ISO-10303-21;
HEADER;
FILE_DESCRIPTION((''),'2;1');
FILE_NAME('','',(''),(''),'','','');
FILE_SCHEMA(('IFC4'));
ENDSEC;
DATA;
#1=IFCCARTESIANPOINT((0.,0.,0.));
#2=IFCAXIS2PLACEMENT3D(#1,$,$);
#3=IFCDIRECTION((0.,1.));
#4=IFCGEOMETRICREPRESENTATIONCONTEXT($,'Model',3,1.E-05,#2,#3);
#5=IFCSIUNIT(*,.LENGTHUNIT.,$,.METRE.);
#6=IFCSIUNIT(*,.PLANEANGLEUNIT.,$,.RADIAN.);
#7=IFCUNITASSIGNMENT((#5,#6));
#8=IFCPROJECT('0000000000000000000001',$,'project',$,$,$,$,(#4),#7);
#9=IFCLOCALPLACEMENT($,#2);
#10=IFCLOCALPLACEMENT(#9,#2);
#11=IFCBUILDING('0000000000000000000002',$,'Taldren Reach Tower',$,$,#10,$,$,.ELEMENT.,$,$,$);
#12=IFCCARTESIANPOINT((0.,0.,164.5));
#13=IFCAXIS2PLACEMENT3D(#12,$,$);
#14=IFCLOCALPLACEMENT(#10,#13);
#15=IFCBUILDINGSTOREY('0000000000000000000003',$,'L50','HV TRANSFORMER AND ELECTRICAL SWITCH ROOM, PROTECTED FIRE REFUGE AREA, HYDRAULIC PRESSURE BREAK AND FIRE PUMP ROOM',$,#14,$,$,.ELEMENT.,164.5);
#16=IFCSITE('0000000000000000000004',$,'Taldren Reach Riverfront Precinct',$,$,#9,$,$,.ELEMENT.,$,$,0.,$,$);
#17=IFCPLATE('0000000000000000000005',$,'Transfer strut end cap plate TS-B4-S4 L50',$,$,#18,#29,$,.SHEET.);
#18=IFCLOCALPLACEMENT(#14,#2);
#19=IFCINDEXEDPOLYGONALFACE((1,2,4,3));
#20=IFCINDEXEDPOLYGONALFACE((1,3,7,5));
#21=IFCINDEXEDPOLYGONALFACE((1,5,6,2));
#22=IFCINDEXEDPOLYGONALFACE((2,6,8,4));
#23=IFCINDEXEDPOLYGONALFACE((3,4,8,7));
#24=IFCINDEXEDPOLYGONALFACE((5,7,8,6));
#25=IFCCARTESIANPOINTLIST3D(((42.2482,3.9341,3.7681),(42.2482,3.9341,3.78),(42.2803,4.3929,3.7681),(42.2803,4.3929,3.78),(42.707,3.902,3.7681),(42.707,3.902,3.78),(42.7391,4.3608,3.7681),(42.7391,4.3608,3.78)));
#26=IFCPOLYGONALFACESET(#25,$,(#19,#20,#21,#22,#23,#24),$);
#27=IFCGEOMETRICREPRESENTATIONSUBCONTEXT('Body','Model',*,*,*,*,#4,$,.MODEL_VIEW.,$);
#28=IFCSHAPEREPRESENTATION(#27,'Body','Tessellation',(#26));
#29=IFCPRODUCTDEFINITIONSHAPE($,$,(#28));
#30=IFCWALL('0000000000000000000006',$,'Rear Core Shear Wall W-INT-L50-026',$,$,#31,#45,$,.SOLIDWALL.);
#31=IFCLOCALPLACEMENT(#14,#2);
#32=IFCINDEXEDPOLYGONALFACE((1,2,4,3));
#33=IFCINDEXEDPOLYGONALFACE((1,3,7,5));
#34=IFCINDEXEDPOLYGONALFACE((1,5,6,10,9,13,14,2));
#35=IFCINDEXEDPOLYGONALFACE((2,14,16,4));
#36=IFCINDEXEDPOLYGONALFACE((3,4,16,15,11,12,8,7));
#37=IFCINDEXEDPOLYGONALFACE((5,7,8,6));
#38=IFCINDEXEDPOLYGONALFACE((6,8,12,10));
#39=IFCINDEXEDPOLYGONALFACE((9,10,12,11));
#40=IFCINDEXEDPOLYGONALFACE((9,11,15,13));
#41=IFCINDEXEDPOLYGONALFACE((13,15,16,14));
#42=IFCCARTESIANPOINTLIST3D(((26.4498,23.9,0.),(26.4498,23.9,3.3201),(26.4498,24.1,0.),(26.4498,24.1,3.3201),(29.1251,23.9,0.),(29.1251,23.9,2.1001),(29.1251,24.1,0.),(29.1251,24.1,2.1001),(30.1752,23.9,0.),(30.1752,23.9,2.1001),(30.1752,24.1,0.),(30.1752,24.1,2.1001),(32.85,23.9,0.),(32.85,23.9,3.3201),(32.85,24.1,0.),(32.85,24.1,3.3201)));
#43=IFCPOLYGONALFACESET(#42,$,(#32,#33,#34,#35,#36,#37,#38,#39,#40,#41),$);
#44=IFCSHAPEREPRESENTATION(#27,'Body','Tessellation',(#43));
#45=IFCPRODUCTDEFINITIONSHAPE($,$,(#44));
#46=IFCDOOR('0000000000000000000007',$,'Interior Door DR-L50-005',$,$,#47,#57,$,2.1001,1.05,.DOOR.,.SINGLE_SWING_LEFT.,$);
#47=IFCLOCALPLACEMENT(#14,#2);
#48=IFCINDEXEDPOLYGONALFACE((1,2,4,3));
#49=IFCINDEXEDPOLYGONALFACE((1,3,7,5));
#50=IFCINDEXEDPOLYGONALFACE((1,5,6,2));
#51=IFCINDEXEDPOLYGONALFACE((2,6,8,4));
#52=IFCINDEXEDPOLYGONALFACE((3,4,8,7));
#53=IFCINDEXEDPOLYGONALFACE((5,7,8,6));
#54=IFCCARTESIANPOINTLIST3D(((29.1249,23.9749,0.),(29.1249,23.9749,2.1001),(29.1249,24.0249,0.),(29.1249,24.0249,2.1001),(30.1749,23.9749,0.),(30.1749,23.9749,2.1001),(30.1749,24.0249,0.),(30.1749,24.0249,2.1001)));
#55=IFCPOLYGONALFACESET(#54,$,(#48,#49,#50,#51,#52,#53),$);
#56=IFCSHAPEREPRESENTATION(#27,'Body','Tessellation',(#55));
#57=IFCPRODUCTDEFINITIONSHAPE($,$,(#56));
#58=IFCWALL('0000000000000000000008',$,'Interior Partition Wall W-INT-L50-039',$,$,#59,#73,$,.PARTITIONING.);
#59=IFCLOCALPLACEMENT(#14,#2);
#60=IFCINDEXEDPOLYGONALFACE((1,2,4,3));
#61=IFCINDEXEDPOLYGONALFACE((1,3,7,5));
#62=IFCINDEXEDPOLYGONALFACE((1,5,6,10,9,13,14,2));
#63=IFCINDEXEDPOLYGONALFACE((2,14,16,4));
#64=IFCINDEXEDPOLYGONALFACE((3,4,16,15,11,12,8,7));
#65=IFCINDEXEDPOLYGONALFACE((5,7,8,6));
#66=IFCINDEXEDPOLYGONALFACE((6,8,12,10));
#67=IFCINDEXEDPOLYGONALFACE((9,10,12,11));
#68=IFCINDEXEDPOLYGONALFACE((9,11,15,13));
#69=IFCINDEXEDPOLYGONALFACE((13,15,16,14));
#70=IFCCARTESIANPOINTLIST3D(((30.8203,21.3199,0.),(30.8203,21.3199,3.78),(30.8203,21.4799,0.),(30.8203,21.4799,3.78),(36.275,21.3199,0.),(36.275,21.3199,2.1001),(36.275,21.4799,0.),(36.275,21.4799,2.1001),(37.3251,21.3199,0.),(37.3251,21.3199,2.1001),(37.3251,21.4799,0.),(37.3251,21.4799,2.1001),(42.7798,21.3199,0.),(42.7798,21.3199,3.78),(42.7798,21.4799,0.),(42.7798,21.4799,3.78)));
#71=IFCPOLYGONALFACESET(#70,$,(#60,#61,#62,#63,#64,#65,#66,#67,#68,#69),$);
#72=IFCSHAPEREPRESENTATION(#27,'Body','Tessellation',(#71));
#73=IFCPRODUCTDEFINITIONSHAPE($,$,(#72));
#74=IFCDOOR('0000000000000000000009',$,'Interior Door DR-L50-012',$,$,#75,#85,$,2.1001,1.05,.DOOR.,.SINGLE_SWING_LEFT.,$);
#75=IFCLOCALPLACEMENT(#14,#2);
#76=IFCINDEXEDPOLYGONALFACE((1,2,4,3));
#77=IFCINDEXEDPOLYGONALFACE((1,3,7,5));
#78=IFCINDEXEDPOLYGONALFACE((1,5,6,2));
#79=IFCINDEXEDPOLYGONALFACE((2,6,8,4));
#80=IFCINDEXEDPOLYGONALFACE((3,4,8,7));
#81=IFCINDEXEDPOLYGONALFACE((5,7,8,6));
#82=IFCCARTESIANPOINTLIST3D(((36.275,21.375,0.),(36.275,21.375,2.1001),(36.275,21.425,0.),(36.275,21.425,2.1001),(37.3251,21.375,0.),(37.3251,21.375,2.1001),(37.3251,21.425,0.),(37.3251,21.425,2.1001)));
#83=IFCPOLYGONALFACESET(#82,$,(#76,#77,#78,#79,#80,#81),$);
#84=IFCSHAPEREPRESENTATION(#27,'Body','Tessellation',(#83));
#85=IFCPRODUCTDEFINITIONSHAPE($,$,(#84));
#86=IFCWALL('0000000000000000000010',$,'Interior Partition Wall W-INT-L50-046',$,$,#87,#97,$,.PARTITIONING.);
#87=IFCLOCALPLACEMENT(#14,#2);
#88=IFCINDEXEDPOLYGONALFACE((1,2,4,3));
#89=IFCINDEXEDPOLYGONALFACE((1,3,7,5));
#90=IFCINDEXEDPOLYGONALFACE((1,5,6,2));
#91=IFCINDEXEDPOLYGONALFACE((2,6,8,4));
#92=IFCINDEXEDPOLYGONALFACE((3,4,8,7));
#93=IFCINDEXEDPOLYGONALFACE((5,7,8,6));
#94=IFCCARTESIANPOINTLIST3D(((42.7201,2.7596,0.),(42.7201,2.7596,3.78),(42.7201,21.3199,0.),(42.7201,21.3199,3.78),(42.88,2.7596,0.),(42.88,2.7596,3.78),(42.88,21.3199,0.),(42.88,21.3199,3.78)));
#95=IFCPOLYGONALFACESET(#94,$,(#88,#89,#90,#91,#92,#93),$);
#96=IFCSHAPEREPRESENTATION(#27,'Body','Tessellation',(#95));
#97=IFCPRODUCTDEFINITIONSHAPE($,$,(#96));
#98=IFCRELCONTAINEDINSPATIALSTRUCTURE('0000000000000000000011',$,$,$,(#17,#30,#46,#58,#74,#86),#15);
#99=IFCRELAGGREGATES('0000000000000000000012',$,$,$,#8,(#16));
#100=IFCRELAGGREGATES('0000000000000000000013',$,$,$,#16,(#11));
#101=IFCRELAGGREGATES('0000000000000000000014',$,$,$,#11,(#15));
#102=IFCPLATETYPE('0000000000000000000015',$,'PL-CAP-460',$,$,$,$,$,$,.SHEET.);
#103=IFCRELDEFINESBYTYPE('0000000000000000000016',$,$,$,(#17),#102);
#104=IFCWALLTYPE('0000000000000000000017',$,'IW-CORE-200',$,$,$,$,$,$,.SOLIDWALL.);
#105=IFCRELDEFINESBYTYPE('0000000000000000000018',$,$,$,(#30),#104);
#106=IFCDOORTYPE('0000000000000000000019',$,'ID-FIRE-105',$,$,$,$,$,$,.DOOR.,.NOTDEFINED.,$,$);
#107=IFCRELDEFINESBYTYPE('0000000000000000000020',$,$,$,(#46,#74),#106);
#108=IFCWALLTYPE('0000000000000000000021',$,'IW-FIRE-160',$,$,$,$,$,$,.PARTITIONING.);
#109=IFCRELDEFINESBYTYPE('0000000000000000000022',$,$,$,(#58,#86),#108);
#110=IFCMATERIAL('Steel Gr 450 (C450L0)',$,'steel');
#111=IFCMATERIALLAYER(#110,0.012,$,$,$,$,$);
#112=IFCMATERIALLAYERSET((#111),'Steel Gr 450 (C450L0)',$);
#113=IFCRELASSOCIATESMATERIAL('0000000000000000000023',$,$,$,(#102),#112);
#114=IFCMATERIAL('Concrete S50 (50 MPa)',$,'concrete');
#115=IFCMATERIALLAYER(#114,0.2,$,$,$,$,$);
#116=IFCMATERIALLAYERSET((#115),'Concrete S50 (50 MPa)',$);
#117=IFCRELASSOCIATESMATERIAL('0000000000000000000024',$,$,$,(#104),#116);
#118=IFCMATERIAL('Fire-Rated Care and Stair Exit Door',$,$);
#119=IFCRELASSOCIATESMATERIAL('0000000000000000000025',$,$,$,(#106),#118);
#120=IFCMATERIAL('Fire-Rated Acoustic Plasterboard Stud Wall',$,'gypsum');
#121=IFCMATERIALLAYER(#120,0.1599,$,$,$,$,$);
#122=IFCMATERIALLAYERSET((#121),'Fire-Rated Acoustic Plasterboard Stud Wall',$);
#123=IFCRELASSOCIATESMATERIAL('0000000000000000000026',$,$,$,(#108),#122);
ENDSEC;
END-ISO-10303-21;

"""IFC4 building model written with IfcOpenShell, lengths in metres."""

from ifc_helpers import new_model, si_unit, direction, frame, frame_2d, origin, origin_2d, place, context, subcontext, project, spatial, rectangle, extrude, source, transform, mapped, material, layer, layer_set, type_object, element, fill, save


model = new_model("IFC4")

# Units and contexts
model_context = context("Model", 3, precision=1e-05, world=origin(), true_north=direction((0.0, 1.0)))
body_context = subcontext(model_context, "Body", "Model", "MODEL_VIEW")
ifc_project = project(units=[si_unit("LENGTHUNIT", "METRE"), si_unit("PLANEANGLEUNIT", "RADIAN")], contexts=[model_context])

# Site, building, storey
site_placement = place(None, origin())
site = spatial("IfcSite", under=ifc_project, at=site_placement, Name="Taldren Reach Riverfront Precinct", CompositionType="ELEMENT", RefElevation=0.0)
building_placement = place(site_placement, origin())
building = spatial("IfcBuilding", under=site, at=building_placement, Name="Taldren Reach Tower", CompositionType="ELEMENT")
storey_placement = place(building_placement, frame((0.0, 0.0, 164.5)))
storey = spatial("IfcBuildingStorey", under=building, at=storey_placement, Name="L50", Description="HV TRANSFORMER AND ELECTRICAL SWITCH ROOM, PROTECTED FIRE REFUGE AREA, HYDRAULIC PRESSURE BREAK AND FIRE PUMP ROOM", CompositionType="ELEMENT", Elevation=164.5)

# Shared definitions
ifc_material_1 = material(Name="Steel Gr 450 (C450L0)", Category="steel")

# Plate
ifc_layer_1 = layer(ifc_material_1, 0.012)
ifc_layer_set_1 = layer_set([ifc_layer_1], Name="Steel Gr 450 (C450L0)")
plate_type = type_object("IfcPlateType", Name="PL-CAP-460", PredefinedType="SHEET", material=ifc_layer_set_1)
shared_shape_1 = source(origin(), body_context, "Body", "SweptSolid", [
    extrude(rectangle(XDim=0.46, YDim=0.46, at=origin_2d()), origin(), (0.0, 0.0, 1.0), 0.012),
])
plate_placement = place(storey_placement, frame((42.4937, 4.1475, 3.7681), z_axis=(0.0, 0.0, 1.0), x_axis=(0.997564, -0.069756, 0.0)))
element("IfcPlate", 1, at=plate_placement, inside=storey, type_object=plate_type, Name="Transfer strut end cap plate TS-B4-S4 L50", PredefinedType="SHEET", context=body_context, shape_type="MappedRepresentation", body=[
    mapped(shared_shape_1, transform((0.0, 0.0, 0.0), scale=1.0)),
])

# Walls, openings, doors
ifc_material_2 = material(Name="Concrete S50 (50 MPa)", Category="concrete")
ifc_layer_2 = layer(ifc_material_2, 0.2)
ifc_layer_set_2 = layer_set([ifc_layer_2], Name="Concrete S50 (50 MPa)")
wall_type_1 = type_object("IfcWallType", Name="IW-CORE-200", PredefinedType="SOLIDWALL", material=ifc_layer_set_2)
shared_shape_2 = source(origin(), body_context, "Body", "SweptSolid", [
    extrude(rectangle(XDim=6.4001, YDim=0.2, at=frame_2d((3.2002, 0.0))), origin(), (0.0, 0.0, 1.0), 3.3201),
])
wall_1_placement = place(storey_placement, frame((32.8501, 24.0, 0.0), z_axis=(0.0, 0.0, 1.0), x_axis=(-1.0, 0.0, 0.0)))
wall_1 = element("IfcWall", 2, at=wall_1_placement, inside=storey, type_object=wall_type_1, Name="Rear Core Shear Wall W-INT-L50-026", PredefinedType="SOLIDWALL", context=body_context, shape_type="MappedRepresentation", body=[
    mapped(shared_shape_2, transform((0.0, 0.0, 0.0), scale=1.0)),
])
shared_shape_3 = source(origin(), body_context, "Body", "SweptSolid", [
    extrude(rectangle(XDim=1.05, YDim=2.1001, at=frame_2d((0.5249, 1.05))), frame((0.0, 0.1099, 0.0), z_axis=(0.0, -1.0, 0.0), x_axis=(1.0, 0.0, 0.0)), (0.0, 0.0, 1.0), 0.22),
])
opening_1_placement = place(wall_1_placement, frame((2.675, 0.0, 0.0)))
opening_1 = element("IfcOpeningElement", 3, at=opening_1_placement, cuts=wall_1, PredefinedType="OPENING", context=body_context, shape_type="MappedRepresentation", body=[
    mapped(shared_shape_3, transform((0.0, 0.0, 0.0), scale=1.0)),
])
ifc_material_3 = material(Name="Fire-Rated Care and Stair Exit Door")
door_type = type_object("IfcDoorType", Name="ID-FIRE-105", OperationType="NOTDEFINED", PredefinedType="DOOR", material=ifc_material_3)
shared_shape_4 = source(origin(), body_context, "Body", "SweptSolid", [
    extrude(rectangle(XDim=1.05, YDim=2.1001, at=frame_2d((0.5249, 1.05))), frame((0.0, 0.0249, 0.0), z_axis=(0.0, -1.0, 0.0), x_axis=(1.0, 0.0, 0.0)), (0.0, 0.0, 1.0), 0.05),
])
door_1_placement = place(opening_1_placement, frame((1.05, 0.0, 0.0), z_axis=(0.0, 0.0, 1.0), x_axis=(-1.0, 0.0, 0.0)))
door_1 = element("IfcDoor", 4, at=door_1_placement, inside=storey, type_object=door_type, Name="Interior Door DR-L50-005", OperationType="SINGLE_SWING_LEFT", OverallHeight=2.1001, OverallWidth=1.05, PredefinedType="DOOR", context=body_context, shape_type="MappedRepresentation", body=[
    mapped(shared_shape_4, transform((0.0, 0.0, 0.0), scale=1.0)),
])
fill(opening_1, door_1)
ifc_material_4 = material(Name="Fire-Rated Acoustic Plasterboard Stud Wall", Category="gypsum")
ifc_layer_3 = layer(ifc_material_4, 0.1599)
ifc_layer_set_3 = layer_set([ifc_layer_3], Name="Fire-Rated Acoustic Plasterboard Stud Wall")
wall_type_2 = type_object("IfcWallType", Name="IW-FIRE-160", PredefinedType="PARTITIONING", material=ifc_layer_set_3)
shared_shape_5 = source(origin(), body_context, "Body", "SweptSolid", [
    extrude(rectangle(XDim=11.9595, YDim=0.1599, at=frame_2d((5.9797, 0.0))), origin(), (0.0, 0.0, 1.0), 3.78),
])
wall_2_placement = place(storey_placement, frame((42.7798, 21.3999, 0.0), z_axis=(0.0, 0.0, 1.0), x_axis=(-1.0, 0.0, 0.0)))
wall_2 = element("IfcWall", 5, at=wall_2_placement, inside=storey, type_object=wall_type_2, Name="Interior Partition Wall W-INT-L50-039", PredefinedType="PARTITIONING", context=body_context, shape_type="MappedRepresentation", body=[
    mapped(shared_shape_5, transform((0.0, 0.0, 0.0), scale=1.0)),
])
shared_shape_6 = source(origin(), body_context, "Body", "SweptSolid", [
    extrude(rectangle(XDim=1.05, YDim=2.1001, at=frame_2d((0.5249, 1.05))), frame((0.0, 0.0898, 0.0), z_axis=(0.0, -1.0, 0.0), x_axis=(1.0, 0.0, 0.0)), (0.0, 0.0, 1.0), 0.1799),
])
opening_2_placement = place(wall_2_placement, frame((5.4548, 0.0, 0.0)))
opening_2 = element("IfcOpeningElement", 6, at=opening_2_placement, cuts=wall_2, PredefinedType="OPENING", context=body_context, shape_type="MappedRepresentation", body=[
    mapped(shared_shape_6, transform((0.0, 0.0, 0.0), scale=1.0)),
])
door_2_placement = place(opening_2_placement, origin())
door_2 = element("IfcDoor", 7, at=door_2_placement, inside=storey, type_object=door_type, Name="Interior Door DR-L50-012", OperationType="SINGLE_SWING_LEFT", OverallHeight=2.1001, OverallWidth=1.05, PredefinedType="DOOR", context=body_context, shape_type="MappedRepresentation", body=[
    mapped(shared_shape_4, transform((0.0, 0.0, 0.0), scale=1.0)),
])
fill(opening_2, door_2)

# Wall
shared_shape_7 = source(origin(), body_context, "Body", "SweptSolid", [
    extrude(rectangle(XDim=18.5603, YDim=0.1599, at=frame_2d((9.2803, 0.0))), origin(), (0.0, 0.0, 1.0), 3.78),
])
wall_3_placement = place(storey_placement, frame((42.8, 21.3201, 0.0), z_axis=(0.0, 0.0, 1.0), x_axis=(0.0, -1.0, 0.0)))
element("IfcWall", 8, at=wall_3_placement, inside=storey, type_object=wall_type_2, Name="Interior Partition Wall W-INT-L50-046", PredefinedType="PARTITIONING", context=body_context, shape_type="MappedRepresentation", body=[
    mapped(shared_shape_7, transform((0.0, 0.0, 0.0), scale=1.0)),
])

save(model, "model.ifc")
